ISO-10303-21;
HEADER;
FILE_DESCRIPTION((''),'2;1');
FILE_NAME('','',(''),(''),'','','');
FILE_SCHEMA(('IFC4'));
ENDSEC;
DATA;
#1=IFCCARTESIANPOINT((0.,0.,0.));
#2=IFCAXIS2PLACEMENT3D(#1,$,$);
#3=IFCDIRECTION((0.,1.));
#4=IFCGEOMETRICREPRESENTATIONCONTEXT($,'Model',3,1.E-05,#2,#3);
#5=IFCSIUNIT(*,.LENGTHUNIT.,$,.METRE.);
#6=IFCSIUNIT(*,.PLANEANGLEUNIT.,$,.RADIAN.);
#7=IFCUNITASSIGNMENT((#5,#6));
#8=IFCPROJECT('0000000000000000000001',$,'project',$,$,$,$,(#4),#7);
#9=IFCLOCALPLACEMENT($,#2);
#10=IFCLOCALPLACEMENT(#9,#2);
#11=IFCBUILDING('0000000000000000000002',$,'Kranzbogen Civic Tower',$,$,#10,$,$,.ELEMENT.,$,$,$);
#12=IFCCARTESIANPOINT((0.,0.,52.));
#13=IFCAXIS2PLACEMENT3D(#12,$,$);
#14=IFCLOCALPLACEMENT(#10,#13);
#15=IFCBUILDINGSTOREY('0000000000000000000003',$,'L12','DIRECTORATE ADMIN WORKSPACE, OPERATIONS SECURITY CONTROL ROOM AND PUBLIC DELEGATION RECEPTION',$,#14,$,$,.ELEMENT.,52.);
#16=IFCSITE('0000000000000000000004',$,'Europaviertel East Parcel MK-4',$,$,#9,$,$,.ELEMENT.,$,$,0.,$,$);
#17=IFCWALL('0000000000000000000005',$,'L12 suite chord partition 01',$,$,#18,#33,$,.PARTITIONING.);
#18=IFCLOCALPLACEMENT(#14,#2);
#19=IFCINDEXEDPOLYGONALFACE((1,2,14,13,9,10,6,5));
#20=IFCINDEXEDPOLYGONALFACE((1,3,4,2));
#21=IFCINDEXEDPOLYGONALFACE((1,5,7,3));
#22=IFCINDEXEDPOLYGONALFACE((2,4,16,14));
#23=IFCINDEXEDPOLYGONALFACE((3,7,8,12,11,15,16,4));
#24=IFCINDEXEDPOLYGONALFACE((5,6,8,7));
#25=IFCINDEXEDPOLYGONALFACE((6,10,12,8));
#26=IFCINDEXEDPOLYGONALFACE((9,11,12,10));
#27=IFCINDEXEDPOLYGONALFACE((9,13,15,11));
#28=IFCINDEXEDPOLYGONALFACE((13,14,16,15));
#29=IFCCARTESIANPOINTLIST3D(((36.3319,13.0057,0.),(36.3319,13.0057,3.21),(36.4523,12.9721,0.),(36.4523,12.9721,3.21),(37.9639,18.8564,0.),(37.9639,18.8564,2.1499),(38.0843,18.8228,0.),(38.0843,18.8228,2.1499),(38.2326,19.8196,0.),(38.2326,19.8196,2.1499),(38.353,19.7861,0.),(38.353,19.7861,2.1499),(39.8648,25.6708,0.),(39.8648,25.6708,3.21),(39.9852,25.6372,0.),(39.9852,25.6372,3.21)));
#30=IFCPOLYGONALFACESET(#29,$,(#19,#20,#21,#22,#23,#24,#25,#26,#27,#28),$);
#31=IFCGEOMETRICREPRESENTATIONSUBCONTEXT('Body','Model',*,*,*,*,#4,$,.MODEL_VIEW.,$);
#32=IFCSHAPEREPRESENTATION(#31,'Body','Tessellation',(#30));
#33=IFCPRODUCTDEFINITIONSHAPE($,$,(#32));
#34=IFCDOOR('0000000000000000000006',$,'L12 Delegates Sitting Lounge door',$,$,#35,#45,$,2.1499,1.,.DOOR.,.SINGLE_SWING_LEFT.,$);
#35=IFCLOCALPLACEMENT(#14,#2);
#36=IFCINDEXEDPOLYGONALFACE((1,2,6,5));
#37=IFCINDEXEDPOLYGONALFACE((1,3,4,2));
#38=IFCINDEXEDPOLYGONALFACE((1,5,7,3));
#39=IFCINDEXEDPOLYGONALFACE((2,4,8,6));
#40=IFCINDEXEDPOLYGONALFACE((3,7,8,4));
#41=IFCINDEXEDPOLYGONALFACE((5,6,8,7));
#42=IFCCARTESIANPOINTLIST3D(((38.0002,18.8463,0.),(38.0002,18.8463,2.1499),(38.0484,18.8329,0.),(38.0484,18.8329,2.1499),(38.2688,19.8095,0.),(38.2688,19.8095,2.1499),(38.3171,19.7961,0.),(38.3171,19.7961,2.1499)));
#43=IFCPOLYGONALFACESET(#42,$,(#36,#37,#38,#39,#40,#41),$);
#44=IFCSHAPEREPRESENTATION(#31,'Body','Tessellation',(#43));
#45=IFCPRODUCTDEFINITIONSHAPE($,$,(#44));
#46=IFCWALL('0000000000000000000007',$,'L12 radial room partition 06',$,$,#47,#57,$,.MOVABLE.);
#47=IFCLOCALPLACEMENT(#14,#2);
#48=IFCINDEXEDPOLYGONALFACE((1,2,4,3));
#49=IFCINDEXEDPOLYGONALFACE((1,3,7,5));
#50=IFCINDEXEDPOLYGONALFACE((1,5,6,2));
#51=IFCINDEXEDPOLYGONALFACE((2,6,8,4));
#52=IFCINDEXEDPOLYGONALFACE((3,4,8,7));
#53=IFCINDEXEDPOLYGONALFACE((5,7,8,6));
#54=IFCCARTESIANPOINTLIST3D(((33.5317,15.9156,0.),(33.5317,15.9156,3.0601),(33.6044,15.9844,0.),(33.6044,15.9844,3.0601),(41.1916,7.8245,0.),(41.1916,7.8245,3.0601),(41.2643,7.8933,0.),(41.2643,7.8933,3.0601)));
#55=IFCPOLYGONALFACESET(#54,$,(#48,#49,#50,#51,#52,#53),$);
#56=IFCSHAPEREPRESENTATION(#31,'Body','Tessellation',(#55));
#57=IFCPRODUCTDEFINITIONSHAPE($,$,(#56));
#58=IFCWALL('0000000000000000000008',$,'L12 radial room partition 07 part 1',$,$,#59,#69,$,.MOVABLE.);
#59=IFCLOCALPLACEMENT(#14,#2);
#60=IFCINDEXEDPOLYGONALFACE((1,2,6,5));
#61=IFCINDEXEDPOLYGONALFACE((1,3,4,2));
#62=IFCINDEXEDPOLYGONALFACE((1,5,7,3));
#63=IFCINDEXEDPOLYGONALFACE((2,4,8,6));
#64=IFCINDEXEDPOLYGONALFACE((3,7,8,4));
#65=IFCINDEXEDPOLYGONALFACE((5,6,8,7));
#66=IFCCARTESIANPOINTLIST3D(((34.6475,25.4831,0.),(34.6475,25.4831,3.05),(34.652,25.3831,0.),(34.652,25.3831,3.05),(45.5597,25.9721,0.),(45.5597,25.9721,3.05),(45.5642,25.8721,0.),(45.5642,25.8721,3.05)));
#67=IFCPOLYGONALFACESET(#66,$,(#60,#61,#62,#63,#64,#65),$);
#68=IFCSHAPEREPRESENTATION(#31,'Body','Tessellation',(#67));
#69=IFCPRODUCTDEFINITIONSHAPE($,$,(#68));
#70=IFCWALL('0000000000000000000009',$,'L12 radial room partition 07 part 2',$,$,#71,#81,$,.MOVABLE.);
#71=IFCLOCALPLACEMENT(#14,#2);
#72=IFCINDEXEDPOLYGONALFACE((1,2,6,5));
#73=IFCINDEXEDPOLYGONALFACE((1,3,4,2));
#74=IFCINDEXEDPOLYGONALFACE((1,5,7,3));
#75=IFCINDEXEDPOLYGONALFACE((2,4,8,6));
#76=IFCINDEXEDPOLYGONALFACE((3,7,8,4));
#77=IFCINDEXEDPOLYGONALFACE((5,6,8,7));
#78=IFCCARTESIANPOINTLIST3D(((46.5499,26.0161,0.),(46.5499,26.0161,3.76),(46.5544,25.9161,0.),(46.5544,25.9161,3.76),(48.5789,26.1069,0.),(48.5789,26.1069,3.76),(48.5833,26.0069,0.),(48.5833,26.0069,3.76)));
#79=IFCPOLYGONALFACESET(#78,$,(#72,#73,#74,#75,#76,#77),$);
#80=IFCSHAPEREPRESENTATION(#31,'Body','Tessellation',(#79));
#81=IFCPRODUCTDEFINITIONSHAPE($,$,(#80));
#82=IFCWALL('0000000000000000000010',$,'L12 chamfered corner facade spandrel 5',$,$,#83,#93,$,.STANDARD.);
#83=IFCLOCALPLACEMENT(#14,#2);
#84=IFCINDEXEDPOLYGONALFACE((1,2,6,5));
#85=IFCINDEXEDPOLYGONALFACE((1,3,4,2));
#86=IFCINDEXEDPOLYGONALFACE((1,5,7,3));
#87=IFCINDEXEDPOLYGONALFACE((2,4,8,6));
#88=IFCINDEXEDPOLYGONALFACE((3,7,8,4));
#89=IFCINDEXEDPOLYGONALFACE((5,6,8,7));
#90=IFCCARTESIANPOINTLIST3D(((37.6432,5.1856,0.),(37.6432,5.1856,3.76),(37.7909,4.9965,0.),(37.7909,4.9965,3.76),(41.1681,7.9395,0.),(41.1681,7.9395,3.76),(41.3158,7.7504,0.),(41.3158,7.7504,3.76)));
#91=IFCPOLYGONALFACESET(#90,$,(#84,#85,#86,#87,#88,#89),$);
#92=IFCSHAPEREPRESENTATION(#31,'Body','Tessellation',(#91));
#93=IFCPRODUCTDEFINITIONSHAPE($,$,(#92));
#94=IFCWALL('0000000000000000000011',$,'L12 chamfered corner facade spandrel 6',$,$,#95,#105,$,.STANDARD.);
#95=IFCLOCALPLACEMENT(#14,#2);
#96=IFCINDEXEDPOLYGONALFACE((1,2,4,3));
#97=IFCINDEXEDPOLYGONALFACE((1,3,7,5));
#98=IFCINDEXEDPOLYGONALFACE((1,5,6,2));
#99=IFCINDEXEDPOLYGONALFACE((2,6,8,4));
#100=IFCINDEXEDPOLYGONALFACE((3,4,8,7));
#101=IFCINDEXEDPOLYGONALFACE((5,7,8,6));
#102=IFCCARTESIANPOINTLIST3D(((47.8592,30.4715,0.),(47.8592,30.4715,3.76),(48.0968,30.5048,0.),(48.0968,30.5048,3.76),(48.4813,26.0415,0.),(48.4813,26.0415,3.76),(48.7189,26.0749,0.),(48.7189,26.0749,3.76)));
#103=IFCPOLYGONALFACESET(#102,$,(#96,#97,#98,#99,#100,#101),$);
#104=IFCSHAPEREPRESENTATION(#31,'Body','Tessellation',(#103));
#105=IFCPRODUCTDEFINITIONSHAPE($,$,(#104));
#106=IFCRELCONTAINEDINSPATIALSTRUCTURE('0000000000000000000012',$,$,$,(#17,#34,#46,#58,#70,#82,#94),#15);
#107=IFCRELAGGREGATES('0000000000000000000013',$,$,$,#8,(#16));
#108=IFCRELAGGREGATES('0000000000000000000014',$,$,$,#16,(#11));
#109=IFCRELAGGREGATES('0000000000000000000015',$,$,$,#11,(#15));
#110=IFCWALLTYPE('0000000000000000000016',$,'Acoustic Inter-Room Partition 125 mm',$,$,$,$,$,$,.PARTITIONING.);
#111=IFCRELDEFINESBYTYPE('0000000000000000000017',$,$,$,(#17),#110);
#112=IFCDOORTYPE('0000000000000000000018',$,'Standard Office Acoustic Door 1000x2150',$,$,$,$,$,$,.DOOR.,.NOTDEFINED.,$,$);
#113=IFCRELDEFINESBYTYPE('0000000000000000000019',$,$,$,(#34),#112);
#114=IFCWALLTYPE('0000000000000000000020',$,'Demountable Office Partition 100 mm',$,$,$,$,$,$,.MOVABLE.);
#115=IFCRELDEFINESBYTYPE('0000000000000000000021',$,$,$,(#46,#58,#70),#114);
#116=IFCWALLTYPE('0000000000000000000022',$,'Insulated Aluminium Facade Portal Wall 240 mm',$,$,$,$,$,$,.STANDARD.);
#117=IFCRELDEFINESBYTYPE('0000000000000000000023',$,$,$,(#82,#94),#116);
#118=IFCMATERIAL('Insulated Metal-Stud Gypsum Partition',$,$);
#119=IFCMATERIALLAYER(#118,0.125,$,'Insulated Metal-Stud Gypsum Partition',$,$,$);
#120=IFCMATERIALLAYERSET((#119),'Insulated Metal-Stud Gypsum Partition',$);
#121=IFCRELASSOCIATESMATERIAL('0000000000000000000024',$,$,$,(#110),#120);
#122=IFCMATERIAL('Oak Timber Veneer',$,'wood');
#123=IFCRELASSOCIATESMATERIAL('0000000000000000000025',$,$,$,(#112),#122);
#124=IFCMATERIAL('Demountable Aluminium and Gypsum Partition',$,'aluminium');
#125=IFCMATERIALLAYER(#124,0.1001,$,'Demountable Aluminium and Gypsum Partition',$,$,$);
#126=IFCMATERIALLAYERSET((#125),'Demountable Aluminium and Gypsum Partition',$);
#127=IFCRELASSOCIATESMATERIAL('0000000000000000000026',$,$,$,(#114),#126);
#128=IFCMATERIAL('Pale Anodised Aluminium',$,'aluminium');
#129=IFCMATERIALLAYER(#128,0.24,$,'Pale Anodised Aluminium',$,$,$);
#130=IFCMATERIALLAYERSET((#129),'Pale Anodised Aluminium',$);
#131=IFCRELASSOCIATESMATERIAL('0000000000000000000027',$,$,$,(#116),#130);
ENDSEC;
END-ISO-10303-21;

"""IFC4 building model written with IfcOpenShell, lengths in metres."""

from ifc_helpers import new_model, si_unit, direction, frame, frame_2d, origin, place, context, subcontext, project, spatial, rectangle, extrude, material, layer, layer_set, type_object, element, fill, save


model = new_model("IFC4")

# Units and contexts
model_context = context("Model", 3, precision=1e-05, world=origin(), true_north=direction((0.0, 1.0)))
body_context = subcontext(model_context, "Body", "Model", "MODEL_VIEW")
ifc_project = project(units=[si_unit("LENGTHUNIT", "METRE"), si_unit("PLANEANGLEUNIT", "RADIAN")], contexts=[model_context])

# Site, building, storey
site_placement = place(None, origin())
site = spatial("IfcSite", under=ifc_project, at=site_placement, Name="Europaviertel East Parcel MK-4", CompositionType="ELEMENT", RefElevation=0.0)
building_placement = place(site_placement, origin())
building = spatial("IfcBuilding", under=site, at=building_placement, Name="Kranzbogen Civic Tower", CompositionType="ELEMENT")
storey_placement = place(building_placement, frame((0.0, 0.0, 52.0)))
storey = spatial("IfcBuildingStorey", under=building, at=storey_placement, Name="L12", Description="DIRECTORATE ADMIN WORKSPACE, OPERATIONS SECURITY CONTROL ROOM AND PUBLIC DELEGATION RECEPTION", CompositionType="ELEMENT", Elevation=52.0)

# Shared definitions
ifc_material_1 = material(Name="Pale Anodised Aluminium", Category="aluminium")

# Wall, opening, door
ifc_material_2 = material(Name="Insulated Metal-Stud Gypsum Partition")
ifc_layer_1 = layer(ifc_material_2, 0.125, Name="Insulated Metal-Stud Gypsum Partition")
ifc_layer_set_1 = layer_set([ifc_layer_1], Name="Insulated Metal-Stud Gypsum Partition")
wall_type_1 = type_object("IfcWallType", Name="Acoustic Inter-Room Partition 125 mm", PredefinedType="PARTITIONING", material=ifc_layer_set_1)
wall_1_placement = place(storey_placement, frame((36.3921, 12.989, 0.0), z_axis=(0.0, 0.0, 1.0), x_axis=(0.268695, 0.963225, 0.0)))
wall_1 = element("IfcWall", 1, at=wall_1_placement, inside=storey, type_object=wall_type_1, Name="L12 suite chord partition 01", PredefinedType="PARTITIONING", context=body_context, shape_type="SweptSolid", body=[
    extrude(rectangle(XDim=13.1487, YDim=0.125, at=frame_2d((6.5742, 0.0))), origin(), (0.0, 0.0, 1.0), 3.21),
])
opening_1_placement = place(wall_1_placement, frame((6.074, 0.0, 0.0)))
opening_1 = element("IfcOpeningElement", 2, at=opening_1_placement, cuts=wall_1, PredefinedType="OPENING", context=body_context, shape_type="SweptSolid", body=[
    extrude(rectangle(XDim=1.0, YDim=2.1499, at=frame_2d((0.5, 1.075))), frame((0.0, 0.0725, 0.0), z_axis=(0.0, -1.0, 0.0), x_axis=(1.0, 0.0, 0.0)), (0.0, 0.0, 1.0), 0.145),
])
ifc_material_3 = material(Name="Oak Timber Veneer", Category="wood")
door_type_1 = type_object("IfcDoorType", Name="Standard Office Acoustic Door 1000x2150", OperationType="NOTDEFINED", PredefinedType="DOOR", material=ifc_material_3)
door_1_placement = place(opening_1_placement, origin())
door_1 = element("IfcDoor", 3, at=door_1_placement, inside=storey, type_object=door_type_1, Name="L12 Delegates Sitting Lounge door", OperationType="SINGLE_SWING_LEFT", OverallHeight=2.1499, OverallWidth=1.0, PredefinedType="DOOR", context=body_context, shape_type="SweptSolid", body=[
    extrude(rectangle(XDim=1.0, YDim=2.1499, at=frame_2d((0.5, 1.075))), frame((0.0, 0.0249, 0.0), z_axis=(0.0, -1.0, 0.0), x_axis=(1.0, 0.0, 0.0)), (0.0, 0.0, 1.0), 0.05),
])
fill(opening_1, door_1)

# Walls
ifc_material_4 = material(Name="Demountable Aluminium and Gypsum Partition", Category="aluminium")
ifc_layer_2 = layer(ifc_material_4, 0.1001, Name="Demountable Aluminium and Gypsum Partition")
ifc_layer_set_2 = layer_set([ifc_layer_2], Name="Demountable Aluminium and Gypsum Partition")
wall_type_2 = type_object("IfcWallType", Name="Demountable Office Partition 100 mm", PredefinedType="MOVABLE", material=ifc_layer_set_2)
wall_2_placement = place(storey_placement, frame((33.5681, 15.95, 0.0), z_axis=(0.0, 0.0, 1.0), x_axis=(0.687494, -0.72619, 0.0)))
element("IfcWall", 4, at=wall_2_placement, inside=storey, type_object=wall_type_2, Name="L12 radial room partition 06", PredefinedType="MOVABLE", context=body_context, shape_type="SweptSolid", body=[
    extrude(rectangle(XDim=11.1418, YDim=0.1001, at=frame_2d((5.5708, 0.0))), origin(), (0.0, 0.0, 1.0), 3.0601),
])
wall_3_placement = place(storey_placement, frame((34.6499, 25.4331, 0.0), z_axis=(0.0, 0.0, 1.0), x_axis=(0.998997, 0.044769, 0.0)))
element("IfcWall", 5, at=wall_3_placement, inside=storey, type_object=wall_type_2, Name="L12 radial room partition 07 part 1", PredefinedType="MOVABLE", context=body_context, shape_type="SweptSolid", body=[
    extrude(rectangle(XDim=10.9231, YDim=0.1001, at=frame_2d((5.4614, 0.0))), origin(), (0.0, 0.0, 1.0), 3.05),
])
wall_4_placement = place(storey_placement, frame((46.552, 25.9661, 0.0), z_axis=(0.0, 0.0, 1.0), x_axis=(0.999, 0.044715, 0.0)))
element("IfcWall", 6, at=wall_4_placement, inside=storey, type_object=wall_type_2, Name="L12 radial room partition 07 part 2", PredefinedType="MOVABLE", context=body_context, shape_type="SweptSolid", body=[
    extrude(rectangle(XDim=2.031, YDim=0.1001, at=frame_2d((1.0156, 0.0))), origin(), (0.0, 0.0, 1.0), 3.76),
])
ifc_layer_3 = layer(ifc_material_1, 0.24, Name="Pale Anodised Aluminium")
ifc_layer_set_3 = layer_set([ifc_layer_3], Name="Pale Anodised Aluminium")
wall_type_3 = type_object("IfcWallType", Name="Insulated Aluminium Facade Portal Wall 240 mm", PredefinedType="STANDARD", material=ifc_layer_set_3)
wall_5_placement = place(storey_placement, frame((37.717, 5.0911, 0.0), z_axis=(0.0, 0.0, 1.0), x_axis=(0.788016, 0.615655, 0.0)))
element("IfcWall", 7, at=wall_5_placement, inside=storey, type_object=wall_type_3, Name="L12 chamfered corner facade spandrel 5", PredefinedType="STANDARD", context=body_context, shape_type="SweptSolid", body=[
    extrude(rectangle(XDim=4.4731, YDim=0.24, at=frame_2d((2.2366, 0.0))), origin(), (0.0, 0.0, 1.0), 3.76),
])
wall_6_placement = place(storey_placement, frame((48.6001, 26.0581, 0.0), z_axis=(0.0, 0.0, 1.0), x_axis=(-0.13906, 0.990284, 0.0)))
element("IfcWall", 8, at=wall_6_placement, inside=storey, type_object=wall_type_3, Name="L12 chamfered corner facade spandrel 6", PredefinedType="STANDARD", context=body_context, shape_type="SweptSolid", body=[
    extrude(rectangle(XDim=4.4734, YDim=0.24, at=frame_2d((2.2368, 0.0))), origin(), (0.0, 0.0, 1.0), 3.76),
])

save(model, "model.ifc")
